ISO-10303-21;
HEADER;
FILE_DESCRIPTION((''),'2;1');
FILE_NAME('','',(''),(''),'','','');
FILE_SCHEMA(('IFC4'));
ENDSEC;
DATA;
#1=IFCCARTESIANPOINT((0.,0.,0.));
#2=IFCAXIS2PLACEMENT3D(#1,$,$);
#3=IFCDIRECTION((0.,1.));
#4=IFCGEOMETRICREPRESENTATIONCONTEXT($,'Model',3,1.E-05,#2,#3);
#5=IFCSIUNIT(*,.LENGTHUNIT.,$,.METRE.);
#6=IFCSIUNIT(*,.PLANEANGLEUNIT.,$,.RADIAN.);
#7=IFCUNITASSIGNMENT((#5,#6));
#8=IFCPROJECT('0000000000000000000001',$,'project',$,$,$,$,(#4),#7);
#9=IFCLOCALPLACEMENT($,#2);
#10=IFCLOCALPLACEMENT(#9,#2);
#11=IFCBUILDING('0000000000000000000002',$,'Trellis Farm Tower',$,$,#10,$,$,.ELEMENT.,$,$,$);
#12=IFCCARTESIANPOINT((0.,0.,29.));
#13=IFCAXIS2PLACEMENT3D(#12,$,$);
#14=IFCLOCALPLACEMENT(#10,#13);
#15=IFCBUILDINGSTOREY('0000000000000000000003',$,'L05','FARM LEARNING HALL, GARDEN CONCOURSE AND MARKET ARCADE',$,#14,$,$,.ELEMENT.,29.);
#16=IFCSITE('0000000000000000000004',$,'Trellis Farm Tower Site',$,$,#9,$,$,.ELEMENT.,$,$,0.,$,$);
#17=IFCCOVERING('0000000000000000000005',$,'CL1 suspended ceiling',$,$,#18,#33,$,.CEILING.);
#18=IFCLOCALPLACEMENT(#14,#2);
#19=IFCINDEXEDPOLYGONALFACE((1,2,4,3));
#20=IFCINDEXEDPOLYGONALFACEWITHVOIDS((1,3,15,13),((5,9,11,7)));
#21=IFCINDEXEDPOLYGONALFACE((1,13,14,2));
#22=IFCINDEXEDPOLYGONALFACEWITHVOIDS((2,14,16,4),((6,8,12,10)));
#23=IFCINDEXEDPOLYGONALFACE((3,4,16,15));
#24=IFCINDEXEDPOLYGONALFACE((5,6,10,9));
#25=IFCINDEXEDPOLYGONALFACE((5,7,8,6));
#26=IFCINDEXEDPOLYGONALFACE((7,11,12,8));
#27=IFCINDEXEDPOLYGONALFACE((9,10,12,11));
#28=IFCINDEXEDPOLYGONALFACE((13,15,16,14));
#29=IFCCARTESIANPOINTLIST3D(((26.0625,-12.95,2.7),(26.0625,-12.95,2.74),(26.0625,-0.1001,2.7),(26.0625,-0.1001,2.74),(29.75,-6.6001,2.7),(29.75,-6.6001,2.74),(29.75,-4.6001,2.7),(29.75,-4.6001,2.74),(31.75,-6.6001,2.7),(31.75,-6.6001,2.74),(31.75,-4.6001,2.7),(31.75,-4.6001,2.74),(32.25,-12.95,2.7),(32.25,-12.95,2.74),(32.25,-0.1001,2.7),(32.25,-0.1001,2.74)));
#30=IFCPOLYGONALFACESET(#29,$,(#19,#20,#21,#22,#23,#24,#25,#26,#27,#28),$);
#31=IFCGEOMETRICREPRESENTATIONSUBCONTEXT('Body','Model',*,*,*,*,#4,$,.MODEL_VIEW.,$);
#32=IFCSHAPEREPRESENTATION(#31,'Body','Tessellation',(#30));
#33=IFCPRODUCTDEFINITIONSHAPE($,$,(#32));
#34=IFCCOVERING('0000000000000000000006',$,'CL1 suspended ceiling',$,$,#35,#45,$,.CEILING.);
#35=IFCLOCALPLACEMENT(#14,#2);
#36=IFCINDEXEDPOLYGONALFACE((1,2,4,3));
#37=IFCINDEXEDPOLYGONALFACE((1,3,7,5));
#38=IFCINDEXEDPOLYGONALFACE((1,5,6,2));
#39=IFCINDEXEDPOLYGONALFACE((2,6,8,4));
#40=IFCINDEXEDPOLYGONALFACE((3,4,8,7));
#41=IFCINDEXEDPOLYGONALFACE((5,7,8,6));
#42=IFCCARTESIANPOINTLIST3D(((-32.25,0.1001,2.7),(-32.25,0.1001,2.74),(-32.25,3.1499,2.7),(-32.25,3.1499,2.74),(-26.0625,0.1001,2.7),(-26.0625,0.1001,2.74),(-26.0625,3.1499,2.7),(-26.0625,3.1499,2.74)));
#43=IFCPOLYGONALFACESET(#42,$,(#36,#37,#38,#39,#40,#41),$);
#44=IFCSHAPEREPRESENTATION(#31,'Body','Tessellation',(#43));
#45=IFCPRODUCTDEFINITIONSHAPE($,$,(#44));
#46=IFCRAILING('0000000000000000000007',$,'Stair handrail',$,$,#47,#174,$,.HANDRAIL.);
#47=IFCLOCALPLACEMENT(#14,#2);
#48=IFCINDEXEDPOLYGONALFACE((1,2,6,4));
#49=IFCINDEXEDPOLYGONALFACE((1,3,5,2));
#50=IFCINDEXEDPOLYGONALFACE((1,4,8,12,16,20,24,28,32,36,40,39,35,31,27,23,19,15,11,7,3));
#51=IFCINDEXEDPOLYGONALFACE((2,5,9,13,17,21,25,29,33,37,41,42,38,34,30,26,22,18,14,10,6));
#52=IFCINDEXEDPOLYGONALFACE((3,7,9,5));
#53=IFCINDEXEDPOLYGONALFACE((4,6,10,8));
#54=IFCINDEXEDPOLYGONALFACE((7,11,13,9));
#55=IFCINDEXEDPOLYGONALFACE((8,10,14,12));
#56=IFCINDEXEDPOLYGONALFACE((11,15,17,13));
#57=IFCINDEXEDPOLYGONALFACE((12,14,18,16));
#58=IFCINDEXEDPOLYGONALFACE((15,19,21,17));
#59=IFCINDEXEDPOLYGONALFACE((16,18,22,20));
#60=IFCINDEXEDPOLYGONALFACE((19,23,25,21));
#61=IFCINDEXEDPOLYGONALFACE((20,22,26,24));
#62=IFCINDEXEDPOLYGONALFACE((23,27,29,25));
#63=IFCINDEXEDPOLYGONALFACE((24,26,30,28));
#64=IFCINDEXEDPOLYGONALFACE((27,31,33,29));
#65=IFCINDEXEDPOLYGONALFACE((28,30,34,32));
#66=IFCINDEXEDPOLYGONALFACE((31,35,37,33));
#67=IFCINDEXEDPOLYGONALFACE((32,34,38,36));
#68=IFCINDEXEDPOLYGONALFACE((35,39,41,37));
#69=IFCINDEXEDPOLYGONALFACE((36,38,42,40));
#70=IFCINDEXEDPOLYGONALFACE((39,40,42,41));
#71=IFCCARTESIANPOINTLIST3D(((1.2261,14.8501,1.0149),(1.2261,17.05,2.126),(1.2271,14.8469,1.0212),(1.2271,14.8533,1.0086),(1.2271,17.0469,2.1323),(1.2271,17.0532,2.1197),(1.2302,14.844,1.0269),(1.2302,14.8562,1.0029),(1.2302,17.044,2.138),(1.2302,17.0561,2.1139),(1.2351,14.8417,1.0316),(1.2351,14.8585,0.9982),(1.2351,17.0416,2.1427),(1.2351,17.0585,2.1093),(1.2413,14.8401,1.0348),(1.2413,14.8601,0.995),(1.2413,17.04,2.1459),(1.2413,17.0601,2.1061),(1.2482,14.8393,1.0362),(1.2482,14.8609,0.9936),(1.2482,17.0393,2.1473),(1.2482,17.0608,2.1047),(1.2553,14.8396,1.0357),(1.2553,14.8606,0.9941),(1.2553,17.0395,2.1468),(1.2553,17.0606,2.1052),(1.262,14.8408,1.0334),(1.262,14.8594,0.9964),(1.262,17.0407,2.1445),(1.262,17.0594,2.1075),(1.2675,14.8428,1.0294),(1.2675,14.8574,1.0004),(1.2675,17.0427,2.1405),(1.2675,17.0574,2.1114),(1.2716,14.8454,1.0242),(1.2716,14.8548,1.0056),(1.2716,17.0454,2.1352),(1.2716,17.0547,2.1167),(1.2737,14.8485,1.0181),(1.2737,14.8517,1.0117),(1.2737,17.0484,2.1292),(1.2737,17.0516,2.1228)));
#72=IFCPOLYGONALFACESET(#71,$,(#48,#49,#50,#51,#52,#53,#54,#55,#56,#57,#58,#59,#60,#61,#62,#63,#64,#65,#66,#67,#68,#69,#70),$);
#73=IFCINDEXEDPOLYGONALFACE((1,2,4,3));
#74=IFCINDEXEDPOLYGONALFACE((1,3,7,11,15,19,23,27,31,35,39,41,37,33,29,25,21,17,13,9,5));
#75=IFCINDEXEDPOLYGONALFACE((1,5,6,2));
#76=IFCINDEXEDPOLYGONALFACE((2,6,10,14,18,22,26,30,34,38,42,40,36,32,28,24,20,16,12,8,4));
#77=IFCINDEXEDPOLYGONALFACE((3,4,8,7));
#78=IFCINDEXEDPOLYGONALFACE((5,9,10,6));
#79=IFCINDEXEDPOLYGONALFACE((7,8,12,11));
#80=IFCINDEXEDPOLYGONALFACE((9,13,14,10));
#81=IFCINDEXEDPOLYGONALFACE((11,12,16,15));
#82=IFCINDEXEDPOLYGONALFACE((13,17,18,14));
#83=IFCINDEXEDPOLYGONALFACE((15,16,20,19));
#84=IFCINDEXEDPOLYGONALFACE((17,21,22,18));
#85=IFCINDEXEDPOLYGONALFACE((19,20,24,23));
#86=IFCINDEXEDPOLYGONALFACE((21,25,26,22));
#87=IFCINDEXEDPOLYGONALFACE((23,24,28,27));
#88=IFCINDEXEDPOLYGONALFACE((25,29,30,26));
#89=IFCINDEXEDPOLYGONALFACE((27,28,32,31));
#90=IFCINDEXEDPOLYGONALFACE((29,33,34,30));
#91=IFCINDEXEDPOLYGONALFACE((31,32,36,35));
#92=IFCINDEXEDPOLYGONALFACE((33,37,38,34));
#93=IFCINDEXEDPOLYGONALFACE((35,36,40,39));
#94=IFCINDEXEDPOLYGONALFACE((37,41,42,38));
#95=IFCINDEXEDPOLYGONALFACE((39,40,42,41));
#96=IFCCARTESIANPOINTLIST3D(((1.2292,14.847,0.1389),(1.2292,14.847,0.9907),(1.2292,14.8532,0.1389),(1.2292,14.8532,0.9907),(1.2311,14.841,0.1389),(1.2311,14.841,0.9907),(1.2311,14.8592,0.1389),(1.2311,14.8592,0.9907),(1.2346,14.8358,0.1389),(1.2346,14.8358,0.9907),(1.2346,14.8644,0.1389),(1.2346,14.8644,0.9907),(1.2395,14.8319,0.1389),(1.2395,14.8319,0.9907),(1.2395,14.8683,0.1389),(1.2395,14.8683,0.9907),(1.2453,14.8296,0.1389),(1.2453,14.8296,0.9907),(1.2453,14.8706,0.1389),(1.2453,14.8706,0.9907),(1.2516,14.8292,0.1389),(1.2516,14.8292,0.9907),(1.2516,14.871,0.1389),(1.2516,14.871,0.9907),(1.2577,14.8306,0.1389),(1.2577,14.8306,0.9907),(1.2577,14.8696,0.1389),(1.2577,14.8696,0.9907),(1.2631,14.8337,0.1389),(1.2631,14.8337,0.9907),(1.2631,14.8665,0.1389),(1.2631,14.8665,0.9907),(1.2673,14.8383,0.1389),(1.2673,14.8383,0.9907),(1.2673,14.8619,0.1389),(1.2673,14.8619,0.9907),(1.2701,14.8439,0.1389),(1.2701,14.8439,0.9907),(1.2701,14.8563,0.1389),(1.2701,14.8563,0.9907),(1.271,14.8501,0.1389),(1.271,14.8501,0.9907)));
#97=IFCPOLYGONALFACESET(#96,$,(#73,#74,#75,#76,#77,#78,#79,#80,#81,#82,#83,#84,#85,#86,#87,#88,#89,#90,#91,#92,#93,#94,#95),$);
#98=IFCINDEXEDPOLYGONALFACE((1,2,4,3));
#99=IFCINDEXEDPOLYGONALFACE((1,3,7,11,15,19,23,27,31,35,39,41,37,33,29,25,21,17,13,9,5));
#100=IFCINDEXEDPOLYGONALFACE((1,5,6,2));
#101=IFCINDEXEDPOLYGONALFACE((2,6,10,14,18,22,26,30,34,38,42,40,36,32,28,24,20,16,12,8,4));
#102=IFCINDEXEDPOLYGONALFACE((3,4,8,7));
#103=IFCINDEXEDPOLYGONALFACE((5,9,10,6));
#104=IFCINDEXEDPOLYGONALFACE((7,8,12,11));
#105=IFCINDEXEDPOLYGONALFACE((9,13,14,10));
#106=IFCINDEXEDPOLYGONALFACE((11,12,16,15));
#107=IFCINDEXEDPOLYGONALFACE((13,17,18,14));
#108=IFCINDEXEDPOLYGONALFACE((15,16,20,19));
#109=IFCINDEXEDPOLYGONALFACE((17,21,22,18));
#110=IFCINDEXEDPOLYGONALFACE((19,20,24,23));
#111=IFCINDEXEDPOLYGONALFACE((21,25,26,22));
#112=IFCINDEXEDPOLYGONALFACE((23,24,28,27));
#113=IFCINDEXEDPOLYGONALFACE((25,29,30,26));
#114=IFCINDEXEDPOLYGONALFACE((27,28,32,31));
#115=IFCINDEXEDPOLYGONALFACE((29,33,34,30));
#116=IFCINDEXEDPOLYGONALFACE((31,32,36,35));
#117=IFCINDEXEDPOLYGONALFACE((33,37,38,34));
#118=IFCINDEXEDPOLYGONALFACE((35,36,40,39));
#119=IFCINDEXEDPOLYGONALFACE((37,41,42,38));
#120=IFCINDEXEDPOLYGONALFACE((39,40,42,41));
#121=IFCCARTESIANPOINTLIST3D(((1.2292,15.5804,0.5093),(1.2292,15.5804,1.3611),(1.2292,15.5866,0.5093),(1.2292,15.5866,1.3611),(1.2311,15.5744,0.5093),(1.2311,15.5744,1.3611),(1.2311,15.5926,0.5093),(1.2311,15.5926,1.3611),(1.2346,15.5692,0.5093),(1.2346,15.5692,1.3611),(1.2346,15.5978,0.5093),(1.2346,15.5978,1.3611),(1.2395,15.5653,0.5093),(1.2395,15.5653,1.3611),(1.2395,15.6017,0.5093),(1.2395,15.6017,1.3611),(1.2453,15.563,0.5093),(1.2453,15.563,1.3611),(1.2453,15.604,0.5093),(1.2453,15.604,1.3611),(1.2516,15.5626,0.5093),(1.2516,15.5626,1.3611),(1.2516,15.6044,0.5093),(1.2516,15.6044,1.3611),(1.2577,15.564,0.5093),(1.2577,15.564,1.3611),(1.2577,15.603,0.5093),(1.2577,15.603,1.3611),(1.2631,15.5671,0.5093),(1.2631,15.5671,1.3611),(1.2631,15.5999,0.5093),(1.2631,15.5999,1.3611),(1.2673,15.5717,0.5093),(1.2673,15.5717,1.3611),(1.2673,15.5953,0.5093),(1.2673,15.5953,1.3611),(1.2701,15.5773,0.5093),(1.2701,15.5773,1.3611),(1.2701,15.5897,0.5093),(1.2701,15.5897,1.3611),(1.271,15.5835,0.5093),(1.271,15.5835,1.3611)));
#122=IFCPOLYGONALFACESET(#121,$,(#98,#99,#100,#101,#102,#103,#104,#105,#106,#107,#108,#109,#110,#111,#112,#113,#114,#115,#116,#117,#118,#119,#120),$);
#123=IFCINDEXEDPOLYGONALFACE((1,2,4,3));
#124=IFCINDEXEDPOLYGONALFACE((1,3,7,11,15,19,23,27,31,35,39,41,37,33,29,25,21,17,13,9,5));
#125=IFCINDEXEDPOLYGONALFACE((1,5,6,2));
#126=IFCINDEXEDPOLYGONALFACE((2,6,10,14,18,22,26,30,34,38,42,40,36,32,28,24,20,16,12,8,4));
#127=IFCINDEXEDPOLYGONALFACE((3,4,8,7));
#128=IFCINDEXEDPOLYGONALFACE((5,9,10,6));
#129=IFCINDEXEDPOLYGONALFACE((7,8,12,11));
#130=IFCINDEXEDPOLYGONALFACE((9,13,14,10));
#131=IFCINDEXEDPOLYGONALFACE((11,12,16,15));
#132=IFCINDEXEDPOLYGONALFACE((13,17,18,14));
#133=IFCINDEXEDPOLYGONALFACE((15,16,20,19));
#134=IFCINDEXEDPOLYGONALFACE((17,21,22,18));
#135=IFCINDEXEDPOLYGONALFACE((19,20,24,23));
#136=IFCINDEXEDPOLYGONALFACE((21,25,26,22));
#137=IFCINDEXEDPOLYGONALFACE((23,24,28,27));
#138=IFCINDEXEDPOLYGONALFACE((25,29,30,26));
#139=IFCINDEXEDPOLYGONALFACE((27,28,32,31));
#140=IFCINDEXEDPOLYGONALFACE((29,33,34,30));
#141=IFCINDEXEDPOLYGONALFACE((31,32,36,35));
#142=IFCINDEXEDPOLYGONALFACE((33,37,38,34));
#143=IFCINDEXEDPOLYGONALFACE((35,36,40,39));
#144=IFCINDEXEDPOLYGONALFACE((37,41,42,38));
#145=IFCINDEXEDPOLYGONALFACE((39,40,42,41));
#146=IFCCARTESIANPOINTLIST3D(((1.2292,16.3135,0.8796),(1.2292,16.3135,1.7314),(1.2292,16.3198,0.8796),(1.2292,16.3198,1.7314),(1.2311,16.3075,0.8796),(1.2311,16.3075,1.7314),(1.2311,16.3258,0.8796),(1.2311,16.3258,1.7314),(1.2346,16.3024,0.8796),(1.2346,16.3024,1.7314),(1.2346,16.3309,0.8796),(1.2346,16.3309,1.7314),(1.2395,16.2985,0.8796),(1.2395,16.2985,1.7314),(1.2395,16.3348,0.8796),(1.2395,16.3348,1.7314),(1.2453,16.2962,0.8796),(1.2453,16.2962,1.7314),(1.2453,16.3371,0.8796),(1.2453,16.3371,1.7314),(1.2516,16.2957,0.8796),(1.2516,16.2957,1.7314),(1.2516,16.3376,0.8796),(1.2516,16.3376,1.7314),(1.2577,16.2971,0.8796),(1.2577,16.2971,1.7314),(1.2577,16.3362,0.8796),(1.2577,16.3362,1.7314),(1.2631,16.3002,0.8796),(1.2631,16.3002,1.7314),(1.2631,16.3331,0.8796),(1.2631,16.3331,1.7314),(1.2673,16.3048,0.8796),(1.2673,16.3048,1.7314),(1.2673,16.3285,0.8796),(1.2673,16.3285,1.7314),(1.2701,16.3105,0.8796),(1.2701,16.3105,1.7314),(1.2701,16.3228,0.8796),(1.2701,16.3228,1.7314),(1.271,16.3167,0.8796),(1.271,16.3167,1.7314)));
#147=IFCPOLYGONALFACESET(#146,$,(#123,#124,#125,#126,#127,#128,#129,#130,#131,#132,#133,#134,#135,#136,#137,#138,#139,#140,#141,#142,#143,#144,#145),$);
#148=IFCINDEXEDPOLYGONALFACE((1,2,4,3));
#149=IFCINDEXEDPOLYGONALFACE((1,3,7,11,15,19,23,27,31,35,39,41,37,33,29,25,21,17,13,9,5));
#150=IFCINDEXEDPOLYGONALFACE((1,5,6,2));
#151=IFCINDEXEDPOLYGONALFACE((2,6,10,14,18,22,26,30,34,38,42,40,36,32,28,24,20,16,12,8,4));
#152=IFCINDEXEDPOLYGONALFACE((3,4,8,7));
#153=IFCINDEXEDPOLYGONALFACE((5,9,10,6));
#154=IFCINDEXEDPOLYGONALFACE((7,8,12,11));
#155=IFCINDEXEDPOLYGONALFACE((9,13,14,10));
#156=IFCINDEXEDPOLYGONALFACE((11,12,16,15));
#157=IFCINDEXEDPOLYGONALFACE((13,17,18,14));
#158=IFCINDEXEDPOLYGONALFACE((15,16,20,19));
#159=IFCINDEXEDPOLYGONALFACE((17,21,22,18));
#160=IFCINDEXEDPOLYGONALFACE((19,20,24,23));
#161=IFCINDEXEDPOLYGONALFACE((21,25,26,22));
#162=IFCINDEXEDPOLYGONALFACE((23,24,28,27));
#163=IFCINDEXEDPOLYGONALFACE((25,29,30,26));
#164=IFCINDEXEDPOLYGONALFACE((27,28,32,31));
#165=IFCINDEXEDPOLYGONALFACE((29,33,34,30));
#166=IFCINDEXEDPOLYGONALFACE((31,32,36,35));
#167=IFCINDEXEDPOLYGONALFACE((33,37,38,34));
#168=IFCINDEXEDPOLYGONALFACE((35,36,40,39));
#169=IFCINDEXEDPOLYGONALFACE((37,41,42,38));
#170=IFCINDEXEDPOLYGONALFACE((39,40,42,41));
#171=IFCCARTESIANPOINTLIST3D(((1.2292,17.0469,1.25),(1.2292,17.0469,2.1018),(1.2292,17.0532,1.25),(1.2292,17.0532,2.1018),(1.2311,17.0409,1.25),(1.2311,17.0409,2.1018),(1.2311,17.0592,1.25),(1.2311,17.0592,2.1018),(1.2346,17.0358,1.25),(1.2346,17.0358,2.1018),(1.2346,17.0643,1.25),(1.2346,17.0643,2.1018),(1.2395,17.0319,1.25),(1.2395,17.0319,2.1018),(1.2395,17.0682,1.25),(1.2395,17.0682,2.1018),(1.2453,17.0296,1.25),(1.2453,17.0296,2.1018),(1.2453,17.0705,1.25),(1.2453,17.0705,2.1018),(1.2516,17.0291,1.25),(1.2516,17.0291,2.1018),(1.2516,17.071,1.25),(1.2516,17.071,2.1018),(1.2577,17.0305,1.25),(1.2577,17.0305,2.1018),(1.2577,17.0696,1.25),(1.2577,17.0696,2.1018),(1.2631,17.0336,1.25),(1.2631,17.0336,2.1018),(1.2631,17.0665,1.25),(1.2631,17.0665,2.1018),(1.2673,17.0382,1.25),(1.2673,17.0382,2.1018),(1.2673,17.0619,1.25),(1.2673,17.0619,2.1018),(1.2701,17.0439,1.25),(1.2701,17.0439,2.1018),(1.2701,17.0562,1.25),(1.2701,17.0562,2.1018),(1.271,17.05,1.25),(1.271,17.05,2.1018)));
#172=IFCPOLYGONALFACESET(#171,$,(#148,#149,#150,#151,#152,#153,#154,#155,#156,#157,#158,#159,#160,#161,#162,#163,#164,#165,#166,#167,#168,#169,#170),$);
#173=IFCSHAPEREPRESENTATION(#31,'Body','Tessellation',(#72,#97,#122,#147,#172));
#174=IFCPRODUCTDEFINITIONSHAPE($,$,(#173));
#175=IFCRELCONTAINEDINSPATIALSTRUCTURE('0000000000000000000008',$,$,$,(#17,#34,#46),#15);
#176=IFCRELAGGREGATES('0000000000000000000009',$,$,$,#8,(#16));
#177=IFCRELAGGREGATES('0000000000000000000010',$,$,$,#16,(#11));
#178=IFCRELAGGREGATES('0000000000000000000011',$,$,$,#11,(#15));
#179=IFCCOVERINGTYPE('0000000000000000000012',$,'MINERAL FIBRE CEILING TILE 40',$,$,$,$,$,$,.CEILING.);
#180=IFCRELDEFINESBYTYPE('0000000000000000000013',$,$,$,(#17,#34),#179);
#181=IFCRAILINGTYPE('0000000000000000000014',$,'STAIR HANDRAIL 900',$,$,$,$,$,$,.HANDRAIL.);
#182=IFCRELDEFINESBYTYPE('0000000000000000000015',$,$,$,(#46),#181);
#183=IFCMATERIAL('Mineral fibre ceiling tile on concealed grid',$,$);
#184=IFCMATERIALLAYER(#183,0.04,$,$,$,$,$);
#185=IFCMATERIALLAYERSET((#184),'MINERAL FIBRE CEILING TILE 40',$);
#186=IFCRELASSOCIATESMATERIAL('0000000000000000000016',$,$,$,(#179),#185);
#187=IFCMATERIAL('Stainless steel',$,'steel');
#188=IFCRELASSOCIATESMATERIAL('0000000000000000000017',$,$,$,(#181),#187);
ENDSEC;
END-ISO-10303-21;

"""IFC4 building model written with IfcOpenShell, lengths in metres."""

from ifc_helpers import new_model, si_unit, direction, frame, origin, origin_2d, place, context, subcontext, project, spatial, polyline, circle, outline, extrude, source, transform, mapped, material, layer, layer_set, type_object, element, save


model = new_model("IFC4")

# Units and contexts
model_context = context("Model", 3, precision=1e-05, world=origin(), true_north=direction((0.0, 1.0)))
body_context = subcontext(model_context, "Body", "Model", "MODEL_VIEW")
ifc_project = project(units=[si_unit("LENGTHUNIT", "METRE"), si_unit("PLANEANGLEUNIT", "RADIAN")], contexts=[model_context])

# Site, building, storey
site_placement = place(None, origin())
site = spatial("IfcSite", under=ifc_project, at=site_placement, Name="Trellis Farm Tower Site", CompositionType="ELEMENT", RefElevation=0.0)
building_placement = place(site_placement, origin())
building = spatial("IfcBuilding", under=site, at=building_placement, Name="Trellis Farm Tower", CompositionType="ELEMENT")
storey_placement = place(building_placement, frame((0.0, 0.0, 29.0)))
storey = spatial("IfcBuildingStorey", under=building, at=storey_placement, Name="L05", Description="FARM LEARNING HALL, GARDEN CONCOURSE AND MARKET ARCADE", CompositionType="ELEMENT", Elevation=29.0)

# Shared definitions
ifc_material_1 = material(Name="Stainless steel", Category="steel")

# Coverings
ifc_material_2 = material(Name="Mineral fibre ceiling tile on concealed grid")
ifc_layer_1 = layer(ifc_material_2, 0.04)
ifc_layer_set_1 = layer_set([ifc_layer_1], Name="MINERAL FIBRE CEILING TILE 40")
covering_type = type_object("IfcCoveringType", Name="MINERAL FIBRE CEILING TILE 40", PredefinedType="CEILING", material=ifc_layer_set_1)
placement = place(storey_placement, frame((0.0, 0.0, 2.7)))
element("IfcCovering", 1, at=placement, inside=storey, type_object=covering_type, Name="CL1 suspended ceiling", PredefinedType="CEILING", context=body_context, shape_type="SweptSolid", body=[
    extrude(outline(polyline([(26.0625, -12.95), (26.0625, -0.1001), (32.25, -0.1001), (32.25, -12.95), (26.0625, -12.95)]), holes=[polyline([(31.75, -6.6001), (31.75, -4.6001), (29.75, -4.6001), (29.75, -6.6001), (31.75, -6.6001)])]), origin(), (0.0, 0.0, 1.0), 0.04),
])
element("IfcCovering", 2, at=placement, inside=storey, type_object=covering_type, Name="CL1 suspended ceiling", PredefinedType="CEILING", context=body_context, shape_type="SweptSolid", body=[
    extrude(outline(polyline([(-26.0625, 3.1499), (-26.0625, 0.1001), (-32.25, 0.1001), (-32.25, 3.1499), (-26.0625, 3.1499)])), origin(), (0.0, 0.0, 1.0), 0.04),
])

# Railing
railing_type = type_object("IfcRailingType", Name="STAIR HANDRAIL 900", PredefinedType="HANDRAIL", material=ifc_material_1)
shared_shape_1 = source(origin(), body_context, "Body", "SweptSolid", [
    extrude(circle(Radius=0.0239, at=origin_2d()), frame((0.0, 0.0, 0.876), z_axis=(0.0, 0.892617, 0.450816), x_axis=(-1.0, 0.0, 0.0)), (0.0, 0.0, 1.0), 2.4646),
    extrude(circle(Radius=0.021, at=origin_2d()), origin(), (0.0, 0.0, 1.0), 0.8518),
    extrude(circle(Radius=0.021, at=origin_2d()), frame((0.0, 0.7334, 0.3704)), (0.0, 0.0, 1.0), 0.8518),
    extrude(circle(Radius=0.021, at=origin_2d()), frame((0.0, 1.4666, 0.7407)), (0.0, 0.0, 1.0), 0.8518),
    extrude(circle(Radius=0.021, at=origin_2d()), frame((0.0, 2.2, 1.1111)), (0.0, 0.0, 1.0), 0.8518),
])
for number, where, name in (
    (3, (1.25, 14.8501, 0.1389), "Stair handrail"),
):
    element("IfcRailing", number, at=place(storey_placement, frame(where)), inside=storey, type_object=railing_type, Name=name, PredefinedType="HANDRAIL", context=body_context, shape_type="MappedRepresentation", body=[
        mapped(shared_shape_1, transform((0.0, 0.0, 0.0))),
    ])

save(model, "model.ifc")
